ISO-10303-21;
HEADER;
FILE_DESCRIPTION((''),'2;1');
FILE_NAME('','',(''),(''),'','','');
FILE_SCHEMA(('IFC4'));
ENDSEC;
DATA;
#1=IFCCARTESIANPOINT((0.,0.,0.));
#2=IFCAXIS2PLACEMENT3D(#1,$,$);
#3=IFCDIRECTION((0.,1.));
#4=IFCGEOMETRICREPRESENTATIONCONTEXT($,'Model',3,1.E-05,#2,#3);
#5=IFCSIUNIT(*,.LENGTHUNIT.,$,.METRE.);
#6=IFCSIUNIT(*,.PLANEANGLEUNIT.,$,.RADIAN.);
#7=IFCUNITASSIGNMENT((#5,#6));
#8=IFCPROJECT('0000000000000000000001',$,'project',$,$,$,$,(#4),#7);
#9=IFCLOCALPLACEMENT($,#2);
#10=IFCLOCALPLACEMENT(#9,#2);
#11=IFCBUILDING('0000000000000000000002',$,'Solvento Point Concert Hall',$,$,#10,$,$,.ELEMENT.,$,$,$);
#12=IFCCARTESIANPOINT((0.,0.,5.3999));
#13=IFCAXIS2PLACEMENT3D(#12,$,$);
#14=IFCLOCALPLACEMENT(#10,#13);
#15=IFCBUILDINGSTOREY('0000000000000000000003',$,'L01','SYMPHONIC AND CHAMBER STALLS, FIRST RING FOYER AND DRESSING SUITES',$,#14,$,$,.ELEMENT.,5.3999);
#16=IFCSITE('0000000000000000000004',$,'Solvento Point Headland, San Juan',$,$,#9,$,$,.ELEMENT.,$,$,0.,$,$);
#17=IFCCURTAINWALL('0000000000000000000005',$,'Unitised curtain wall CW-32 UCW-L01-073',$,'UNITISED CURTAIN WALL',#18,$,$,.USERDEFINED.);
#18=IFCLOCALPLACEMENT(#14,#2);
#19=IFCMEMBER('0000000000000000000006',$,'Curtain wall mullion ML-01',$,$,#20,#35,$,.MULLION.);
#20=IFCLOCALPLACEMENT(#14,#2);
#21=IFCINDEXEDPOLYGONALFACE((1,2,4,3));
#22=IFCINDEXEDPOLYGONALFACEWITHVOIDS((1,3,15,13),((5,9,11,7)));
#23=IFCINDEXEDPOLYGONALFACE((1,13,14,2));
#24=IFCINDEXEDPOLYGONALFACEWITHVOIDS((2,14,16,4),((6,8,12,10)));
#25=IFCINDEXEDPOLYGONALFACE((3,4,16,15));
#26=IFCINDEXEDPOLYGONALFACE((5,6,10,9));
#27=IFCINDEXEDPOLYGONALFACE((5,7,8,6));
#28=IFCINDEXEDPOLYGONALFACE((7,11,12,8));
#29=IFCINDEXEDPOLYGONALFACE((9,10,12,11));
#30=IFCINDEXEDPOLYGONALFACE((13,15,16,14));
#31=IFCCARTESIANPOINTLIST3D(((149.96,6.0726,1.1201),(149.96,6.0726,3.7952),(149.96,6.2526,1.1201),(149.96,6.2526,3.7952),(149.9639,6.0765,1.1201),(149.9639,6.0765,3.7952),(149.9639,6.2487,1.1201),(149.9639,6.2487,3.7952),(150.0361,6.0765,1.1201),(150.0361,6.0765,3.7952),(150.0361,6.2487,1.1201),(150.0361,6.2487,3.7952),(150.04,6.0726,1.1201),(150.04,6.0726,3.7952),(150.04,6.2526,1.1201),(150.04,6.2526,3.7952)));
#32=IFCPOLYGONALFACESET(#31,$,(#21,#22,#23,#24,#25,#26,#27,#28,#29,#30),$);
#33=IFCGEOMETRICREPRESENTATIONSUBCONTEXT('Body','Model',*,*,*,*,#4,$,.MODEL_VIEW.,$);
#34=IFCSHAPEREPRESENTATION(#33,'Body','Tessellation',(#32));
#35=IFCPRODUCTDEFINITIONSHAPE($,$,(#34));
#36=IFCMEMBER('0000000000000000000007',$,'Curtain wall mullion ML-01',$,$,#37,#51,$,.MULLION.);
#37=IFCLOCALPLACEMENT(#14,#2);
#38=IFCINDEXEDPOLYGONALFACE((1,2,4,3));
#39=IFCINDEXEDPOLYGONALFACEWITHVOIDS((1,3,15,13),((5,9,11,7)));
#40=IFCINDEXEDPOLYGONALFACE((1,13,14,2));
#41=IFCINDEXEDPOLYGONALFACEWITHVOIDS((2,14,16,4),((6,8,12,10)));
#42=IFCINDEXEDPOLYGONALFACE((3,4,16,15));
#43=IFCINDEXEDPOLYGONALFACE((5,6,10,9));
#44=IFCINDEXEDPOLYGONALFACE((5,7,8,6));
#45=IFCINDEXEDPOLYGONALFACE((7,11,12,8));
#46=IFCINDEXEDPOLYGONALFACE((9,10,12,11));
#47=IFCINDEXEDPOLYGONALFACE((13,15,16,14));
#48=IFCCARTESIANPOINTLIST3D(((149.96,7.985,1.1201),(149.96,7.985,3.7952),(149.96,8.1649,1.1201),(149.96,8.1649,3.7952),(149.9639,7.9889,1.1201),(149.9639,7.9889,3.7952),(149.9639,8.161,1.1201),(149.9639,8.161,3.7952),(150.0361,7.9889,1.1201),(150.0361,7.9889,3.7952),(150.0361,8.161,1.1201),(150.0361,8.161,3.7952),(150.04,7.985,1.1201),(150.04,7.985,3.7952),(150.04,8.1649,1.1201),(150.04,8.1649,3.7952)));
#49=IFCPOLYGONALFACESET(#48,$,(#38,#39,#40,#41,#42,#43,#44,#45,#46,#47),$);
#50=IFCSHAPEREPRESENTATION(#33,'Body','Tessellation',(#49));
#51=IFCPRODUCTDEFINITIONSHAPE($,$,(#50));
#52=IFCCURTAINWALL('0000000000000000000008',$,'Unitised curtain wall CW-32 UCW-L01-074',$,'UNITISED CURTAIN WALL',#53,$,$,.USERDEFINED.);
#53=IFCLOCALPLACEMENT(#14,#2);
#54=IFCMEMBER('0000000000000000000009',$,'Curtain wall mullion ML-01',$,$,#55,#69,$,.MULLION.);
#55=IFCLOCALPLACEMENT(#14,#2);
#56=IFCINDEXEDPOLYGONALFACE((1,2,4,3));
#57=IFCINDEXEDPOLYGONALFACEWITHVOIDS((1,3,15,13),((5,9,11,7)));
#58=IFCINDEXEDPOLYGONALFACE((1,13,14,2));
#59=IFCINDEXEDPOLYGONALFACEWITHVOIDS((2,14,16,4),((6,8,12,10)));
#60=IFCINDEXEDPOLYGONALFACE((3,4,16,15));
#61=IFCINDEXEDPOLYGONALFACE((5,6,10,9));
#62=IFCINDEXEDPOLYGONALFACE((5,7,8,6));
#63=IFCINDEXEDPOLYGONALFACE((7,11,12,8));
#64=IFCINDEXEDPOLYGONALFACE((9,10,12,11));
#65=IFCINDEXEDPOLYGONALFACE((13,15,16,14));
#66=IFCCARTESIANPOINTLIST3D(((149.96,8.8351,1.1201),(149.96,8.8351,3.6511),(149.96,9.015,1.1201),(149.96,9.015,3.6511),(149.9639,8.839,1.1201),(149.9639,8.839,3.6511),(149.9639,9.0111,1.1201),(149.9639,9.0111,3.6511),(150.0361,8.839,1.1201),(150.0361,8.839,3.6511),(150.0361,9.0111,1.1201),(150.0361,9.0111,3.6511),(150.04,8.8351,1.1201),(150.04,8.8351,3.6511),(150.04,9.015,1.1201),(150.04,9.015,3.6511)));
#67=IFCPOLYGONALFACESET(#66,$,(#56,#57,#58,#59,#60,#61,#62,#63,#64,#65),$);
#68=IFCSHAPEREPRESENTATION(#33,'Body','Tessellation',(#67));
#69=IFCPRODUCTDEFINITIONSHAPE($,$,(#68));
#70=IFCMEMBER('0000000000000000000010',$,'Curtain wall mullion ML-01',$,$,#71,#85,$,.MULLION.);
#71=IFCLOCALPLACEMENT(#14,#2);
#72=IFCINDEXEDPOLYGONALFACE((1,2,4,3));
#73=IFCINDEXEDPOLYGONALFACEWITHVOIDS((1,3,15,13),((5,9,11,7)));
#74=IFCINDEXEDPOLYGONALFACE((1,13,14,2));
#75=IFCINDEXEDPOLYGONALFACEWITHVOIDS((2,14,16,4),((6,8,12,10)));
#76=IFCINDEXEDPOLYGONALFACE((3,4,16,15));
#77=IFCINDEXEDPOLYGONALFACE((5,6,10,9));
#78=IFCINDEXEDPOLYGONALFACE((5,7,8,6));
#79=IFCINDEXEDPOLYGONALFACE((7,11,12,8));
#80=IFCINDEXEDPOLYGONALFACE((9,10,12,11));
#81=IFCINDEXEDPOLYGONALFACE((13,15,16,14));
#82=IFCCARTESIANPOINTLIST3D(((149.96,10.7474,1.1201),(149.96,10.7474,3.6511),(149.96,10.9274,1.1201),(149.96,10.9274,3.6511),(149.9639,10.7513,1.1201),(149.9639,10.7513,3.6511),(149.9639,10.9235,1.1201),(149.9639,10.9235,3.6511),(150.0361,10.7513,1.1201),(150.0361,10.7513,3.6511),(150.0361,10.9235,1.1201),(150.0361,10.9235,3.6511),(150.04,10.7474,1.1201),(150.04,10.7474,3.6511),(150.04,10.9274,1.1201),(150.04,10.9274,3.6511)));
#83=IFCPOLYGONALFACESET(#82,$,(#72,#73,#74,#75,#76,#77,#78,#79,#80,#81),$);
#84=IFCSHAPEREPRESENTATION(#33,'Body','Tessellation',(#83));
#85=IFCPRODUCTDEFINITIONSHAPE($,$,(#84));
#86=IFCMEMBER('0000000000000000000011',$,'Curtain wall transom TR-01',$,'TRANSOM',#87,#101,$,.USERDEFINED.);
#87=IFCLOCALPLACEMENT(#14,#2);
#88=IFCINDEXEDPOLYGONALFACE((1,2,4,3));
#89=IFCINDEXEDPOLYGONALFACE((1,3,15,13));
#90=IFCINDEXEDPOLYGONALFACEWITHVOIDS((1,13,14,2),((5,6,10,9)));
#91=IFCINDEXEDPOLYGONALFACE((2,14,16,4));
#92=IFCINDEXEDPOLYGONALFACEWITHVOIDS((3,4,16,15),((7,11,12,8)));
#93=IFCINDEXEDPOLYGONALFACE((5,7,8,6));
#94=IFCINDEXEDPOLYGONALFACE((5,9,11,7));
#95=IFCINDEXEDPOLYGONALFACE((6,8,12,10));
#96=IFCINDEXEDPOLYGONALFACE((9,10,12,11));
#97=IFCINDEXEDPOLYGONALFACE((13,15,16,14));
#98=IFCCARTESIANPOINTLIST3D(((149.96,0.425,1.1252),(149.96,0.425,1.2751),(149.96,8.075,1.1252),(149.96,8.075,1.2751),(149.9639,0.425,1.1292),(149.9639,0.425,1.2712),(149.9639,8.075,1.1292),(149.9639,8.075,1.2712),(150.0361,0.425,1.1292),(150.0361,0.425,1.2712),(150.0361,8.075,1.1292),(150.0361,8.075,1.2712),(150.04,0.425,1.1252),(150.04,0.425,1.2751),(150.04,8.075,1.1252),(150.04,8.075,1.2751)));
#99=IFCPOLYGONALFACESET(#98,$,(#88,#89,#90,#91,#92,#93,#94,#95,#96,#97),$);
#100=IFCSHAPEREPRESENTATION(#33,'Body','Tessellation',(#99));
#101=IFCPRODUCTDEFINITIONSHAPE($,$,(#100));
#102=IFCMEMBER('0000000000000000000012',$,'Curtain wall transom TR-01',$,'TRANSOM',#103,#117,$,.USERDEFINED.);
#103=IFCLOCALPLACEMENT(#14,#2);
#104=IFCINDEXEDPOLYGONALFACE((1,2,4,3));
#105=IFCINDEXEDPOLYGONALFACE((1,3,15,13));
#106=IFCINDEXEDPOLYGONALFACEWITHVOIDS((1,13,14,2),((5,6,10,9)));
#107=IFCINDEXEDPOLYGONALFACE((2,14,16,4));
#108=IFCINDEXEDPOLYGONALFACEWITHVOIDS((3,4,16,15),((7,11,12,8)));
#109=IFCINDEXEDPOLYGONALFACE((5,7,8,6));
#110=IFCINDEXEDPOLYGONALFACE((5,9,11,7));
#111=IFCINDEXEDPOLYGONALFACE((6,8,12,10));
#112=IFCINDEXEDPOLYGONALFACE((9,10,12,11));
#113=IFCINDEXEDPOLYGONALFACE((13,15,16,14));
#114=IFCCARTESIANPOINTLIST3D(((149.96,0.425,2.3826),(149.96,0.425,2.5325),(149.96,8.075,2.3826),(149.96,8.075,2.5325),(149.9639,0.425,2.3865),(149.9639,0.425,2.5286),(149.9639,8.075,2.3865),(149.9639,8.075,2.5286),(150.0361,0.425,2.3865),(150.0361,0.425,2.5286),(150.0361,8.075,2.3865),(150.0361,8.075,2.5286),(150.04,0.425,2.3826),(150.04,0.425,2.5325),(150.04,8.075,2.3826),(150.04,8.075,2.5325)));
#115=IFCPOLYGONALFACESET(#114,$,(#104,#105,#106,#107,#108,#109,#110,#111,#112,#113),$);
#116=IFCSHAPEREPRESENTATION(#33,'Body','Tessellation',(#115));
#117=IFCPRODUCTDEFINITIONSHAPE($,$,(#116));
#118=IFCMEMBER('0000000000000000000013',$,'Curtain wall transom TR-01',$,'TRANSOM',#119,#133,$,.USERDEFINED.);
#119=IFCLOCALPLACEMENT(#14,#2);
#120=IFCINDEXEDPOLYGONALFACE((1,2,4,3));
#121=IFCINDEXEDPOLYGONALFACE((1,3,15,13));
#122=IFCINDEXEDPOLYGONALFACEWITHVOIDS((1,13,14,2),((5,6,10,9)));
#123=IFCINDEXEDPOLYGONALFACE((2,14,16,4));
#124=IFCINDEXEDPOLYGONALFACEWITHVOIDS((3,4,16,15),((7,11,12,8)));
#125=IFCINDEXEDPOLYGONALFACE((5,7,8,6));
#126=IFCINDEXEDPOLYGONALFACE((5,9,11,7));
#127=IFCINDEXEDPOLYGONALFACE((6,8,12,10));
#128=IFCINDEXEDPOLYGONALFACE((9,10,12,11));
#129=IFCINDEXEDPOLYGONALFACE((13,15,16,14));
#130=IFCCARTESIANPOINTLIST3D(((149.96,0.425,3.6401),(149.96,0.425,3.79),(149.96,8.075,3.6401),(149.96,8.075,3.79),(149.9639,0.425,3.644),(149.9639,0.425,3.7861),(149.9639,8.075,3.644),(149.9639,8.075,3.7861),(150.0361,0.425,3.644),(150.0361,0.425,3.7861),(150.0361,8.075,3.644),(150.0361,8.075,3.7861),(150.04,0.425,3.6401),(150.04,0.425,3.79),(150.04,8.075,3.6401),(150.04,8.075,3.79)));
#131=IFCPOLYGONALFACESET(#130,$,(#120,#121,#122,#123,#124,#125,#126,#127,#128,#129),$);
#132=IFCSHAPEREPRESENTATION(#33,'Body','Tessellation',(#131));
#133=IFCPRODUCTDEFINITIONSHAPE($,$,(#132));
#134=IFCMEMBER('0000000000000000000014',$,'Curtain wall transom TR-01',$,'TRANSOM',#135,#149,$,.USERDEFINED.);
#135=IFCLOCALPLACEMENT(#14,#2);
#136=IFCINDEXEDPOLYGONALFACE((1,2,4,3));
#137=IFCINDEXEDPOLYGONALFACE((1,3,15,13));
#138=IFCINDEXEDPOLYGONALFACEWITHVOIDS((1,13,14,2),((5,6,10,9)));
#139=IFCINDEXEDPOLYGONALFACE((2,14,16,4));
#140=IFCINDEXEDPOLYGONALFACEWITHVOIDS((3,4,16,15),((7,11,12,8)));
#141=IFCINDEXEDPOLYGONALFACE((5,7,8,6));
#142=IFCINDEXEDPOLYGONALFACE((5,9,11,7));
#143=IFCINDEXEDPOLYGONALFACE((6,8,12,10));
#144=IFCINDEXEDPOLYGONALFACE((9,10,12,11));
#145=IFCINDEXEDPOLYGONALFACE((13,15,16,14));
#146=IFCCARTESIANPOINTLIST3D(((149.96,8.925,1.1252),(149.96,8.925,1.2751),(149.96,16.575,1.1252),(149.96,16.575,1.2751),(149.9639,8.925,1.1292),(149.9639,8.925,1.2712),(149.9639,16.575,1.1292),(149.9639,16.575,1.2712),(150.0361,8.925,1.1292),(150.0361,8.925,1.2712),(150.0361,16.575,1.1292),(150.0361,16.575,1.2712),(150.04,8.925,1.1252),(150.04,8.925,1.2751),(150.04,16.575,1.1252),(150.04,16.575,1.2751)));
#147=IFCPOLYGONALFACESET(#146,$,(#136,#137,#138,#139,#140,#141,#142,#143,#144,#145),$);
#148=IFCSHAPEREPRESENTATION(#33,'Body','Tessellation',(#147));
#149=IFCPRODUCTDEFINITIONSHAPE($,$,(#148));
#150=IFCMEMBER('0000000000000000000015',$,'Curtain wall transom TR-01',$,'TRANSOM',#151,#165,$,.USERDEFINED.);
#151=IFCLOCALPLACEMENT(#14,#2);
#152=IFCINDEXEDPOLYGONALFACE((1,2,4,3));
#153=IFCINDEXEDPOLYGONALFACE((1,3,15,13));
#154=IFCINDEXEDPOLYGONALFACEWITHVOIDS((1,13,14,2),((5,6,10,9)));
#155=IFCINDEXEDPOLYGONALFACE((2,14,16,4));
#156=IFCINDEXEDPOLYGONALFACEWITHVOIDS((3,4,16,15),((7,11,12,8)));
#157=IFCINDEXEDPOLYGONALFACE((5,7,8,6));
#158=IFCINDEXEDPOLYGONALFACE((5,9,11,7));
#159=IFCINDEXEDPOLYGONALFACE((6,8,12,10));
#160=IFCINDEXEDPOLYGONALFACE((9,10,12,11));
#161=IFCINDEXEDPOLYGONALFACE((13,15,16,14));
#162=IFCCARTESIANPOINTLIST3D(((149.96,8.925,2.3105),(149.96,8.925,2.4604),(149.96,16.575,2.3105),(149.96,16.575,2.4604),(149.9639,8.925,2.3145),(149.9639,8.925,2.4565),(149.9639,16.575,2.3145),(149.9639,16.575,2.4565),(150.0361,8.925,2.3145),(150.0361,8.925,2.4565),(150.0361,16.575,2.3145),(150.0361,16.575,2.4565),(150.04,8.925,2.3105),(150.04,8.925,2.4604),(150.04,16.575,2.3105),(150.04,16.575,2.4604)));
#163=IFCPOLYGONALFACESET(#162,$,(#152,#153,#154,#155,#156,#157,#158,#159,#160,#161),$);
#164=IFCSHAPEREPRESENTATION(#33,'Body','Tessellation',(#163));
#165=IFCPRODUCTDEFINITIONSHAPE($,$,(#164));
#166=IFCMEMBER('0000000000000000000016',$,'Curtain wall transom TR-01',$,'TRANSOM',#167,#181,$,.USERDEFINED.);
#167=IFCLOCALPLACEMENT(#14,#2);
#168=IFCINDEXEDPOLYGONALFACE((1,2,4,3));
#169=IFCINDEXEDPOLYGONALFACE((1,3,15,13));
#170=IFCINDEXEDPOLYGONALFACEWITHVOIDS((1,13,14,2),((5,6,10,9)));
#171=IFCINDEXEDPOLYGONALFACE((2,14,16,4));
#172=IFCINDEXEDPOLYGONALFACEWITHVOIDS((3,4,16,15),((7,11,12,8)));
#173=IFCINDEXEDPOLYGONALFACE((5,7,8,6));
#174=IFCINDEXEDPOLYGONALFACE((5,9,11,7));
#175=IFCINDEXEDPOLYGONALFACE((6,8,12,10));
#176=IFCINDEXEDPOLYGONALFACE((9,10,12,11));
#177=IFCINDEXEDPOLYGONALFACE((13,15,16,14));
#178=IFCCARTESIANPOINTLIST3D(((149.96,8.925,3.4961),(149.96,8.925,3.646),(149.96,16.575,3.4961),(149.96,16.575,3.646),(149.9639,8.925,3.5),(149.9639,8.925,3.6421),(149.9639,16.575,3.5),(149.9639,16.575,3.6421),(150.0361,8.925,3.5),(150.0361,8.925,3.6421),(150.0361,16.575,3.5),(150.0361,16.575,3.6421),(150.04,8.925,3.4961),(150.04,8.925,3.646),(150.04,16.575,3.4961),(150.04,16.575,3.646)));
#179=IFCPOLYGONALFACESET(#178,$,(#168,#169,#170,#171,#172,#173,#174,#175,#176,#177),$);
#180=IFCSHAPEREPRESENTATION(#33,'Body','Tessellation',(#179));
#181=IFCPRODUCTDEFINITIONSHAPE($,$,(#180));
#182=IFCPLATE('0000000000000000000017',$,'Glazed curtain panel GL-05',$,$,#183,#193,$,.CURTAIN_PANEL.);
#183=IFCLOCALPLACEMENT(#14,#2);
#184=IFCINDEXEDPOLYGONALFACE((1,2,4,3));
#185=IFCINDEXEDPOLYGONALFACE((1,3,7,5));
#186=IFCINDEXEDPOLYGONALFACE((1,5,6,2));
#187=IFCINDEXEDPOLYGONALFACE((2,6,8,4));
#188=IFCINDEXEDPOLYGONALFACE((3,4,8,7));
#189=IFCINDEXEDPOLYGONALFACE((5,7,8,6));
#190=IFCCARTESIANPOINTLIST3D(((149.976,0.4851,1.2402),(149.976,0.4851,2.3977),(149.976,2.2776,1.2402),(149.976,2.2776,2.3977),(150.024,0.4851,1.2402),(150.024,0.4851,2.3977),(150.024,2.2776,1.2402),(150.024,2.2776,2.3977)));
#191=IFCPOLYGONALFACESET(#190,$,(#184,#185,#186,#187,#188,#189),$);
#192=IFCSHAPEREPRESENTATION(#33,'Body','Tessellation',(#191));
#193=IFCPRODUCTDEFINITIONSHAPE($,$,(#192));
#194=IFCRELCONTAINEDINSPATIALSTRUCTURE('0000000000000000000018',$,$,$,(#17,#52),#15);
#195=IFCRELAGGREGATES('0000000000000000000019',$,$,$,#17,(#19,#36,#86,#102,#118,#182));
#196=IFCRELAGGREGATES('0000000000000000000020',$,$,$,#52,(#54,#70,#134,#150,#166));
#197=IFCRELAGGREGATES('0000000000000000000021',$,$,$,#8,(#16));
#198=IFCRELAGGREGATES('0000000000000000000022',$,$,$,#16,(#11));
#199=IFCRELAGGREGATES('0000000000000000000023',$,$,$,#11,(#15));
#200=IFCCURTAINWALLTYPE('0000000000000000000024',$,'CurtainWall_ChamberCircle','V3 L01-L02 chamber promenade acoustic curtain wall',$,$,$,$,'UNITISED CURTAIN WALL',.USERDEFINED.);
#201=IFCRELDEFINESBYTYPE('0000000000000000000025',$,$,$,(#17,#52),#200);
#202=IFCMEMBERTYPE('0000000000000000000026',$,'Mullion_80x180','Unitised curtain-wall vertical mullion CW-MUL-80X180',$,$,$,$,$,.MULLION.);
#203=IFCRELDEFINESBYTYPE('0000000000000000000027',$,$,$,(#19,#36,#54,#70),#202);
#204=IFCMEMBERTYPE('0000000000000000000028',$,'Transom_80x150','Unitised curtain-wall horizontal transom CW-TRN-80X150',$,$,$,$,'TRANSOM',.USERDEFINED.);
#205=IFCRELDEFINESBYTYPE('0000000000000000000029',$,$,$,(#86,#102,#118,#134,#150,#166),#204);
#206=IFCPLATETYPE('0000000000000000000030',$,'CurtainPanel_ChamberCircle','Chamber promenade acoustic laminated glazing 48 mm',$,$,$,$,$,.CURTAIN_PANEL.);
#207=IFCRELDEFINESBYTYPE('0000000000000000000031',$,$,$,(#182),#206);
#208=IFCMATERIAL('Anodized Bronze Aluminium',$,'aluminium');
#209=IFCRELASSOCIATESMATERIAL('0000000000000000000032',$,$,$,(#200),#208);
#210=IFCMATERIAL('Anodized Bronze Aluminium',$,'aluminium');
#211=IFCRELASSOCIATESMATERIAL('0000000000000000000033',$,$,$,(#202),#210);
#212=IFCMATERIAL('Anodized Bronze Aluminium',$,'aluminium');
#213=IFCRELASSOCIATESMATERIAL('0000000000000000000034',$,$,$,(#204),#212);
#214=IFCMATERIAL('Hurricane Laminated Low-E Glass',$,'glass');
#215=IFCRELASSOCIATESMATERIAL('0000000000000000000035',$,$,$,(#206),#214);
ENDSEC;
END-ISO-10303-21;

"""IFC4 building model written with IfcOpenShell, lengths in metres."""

from ifc_helpers import new_model, si_unit, direction, frame, origin, origin_2d, place, context, subcontext, project, spatial, rectangle, hollow_rectangle, extrude, material, material_profile, profile_set, type_object, element, aggregate, save


model = new_model("IFC4")

# Units and contexts
model_context = context("Model", 3, precision=1e-05, world=origin(), true_north=direction((0.0, 1.0)))
body_context = subcontext(model_context, "Body", "Model", "MODEL_VIEW")
ifc_project = project(units=[si_unit("LENGTHUNIT", "METRE"), si_unit("PLANEANGLEUNIT", "RADIAN")], contexts=[model_context])

# Site, building, storey
site_placement = place(None, origin())
site = spatial("IfcSite", under=ifc_project, at=site_placement, Name="Solvento Point Headland, San Juan", CompositionType="ELEMENT", RefElevation=0.0)
building_placement = place(site_placement, origin())
building = spatial("IfcBuilding", under=site, at=building_placement, Name="Solvento Point Concert Hall", CompositionType="ELEMENT")
storey_placement = place(building_placement, frame((0.0, 0.0, 5.3999)))
storey = spatial("IfcBuildingStorey", under=building, at=storey_placement, Name="L01", Description="SYMPHONIC AND CHAMBER STALLS, FIRST RING FOYER AND DRESSING SUITES", CompositionType="ELEMENT", Elevation=5.3999)

# Curtain walls, members
ifc_material_1 = material(Name="Anodized Bronze Aluminium", Category="aluminium")
curtain_wall_type = type_object("IfcCurtainWallType", Name="CurtainWall_ChamberCircle", Description="V3 L01-L02 chamber promenade acoustic curtain wall", ElementType="UNITISED CURTAIN WALL", PredefinedType="USERDEFINED", material=ifc_material_1)
curtain_wall_1_placement = place(storey_placement, origin())
curtain_wall_1 = element("IfcCurtainWall", 1, at=curtain_wall_1_placement, inside=storey, type_object=curtain_wall_type, Name="Unitised curtain wall CW-32 UCW-L01-073", ObjectType="UNITISED CURTAIN WALL", PredefinedType="USERDEFINED")
ifc_material_2 = material(Name="Anodized Bronze Aluminium", Category="aluminium")
ifc_material_profile_1 = material_profile(ifc_material_2, hollow_rectangle(XDim=0.0801, YDim=0.1799, WallThickness=0.0039, at=origin_2d()), Name="CW-MUL-80X180")
ifc_profile_set_1 = profile_set([ifc_material_profile_1], Name="Anodized Bronze Aluminium")
member_type_1 = type_object("IfcMemberType", Name="Mullion_80x180", Description="Unitised curtain-wall vertical mullion CW-MUL-80X180", PredefinedType="MULLION", material=ifc_profile_set_1)
member_1_placement = place(storey_placement, frame((150.0, 6.1626, 1.1201), z_axis=(0.0, 0.0, 1.0), x_axis=(1.0, 0.0, 0.0)))
member_1 = element("IfcMember", 2, at=member_1_placement, type_object=member_type_1, Name="Curtain wall mullion ML-01", PredefinedType="MULLION", context=body_context, shape_type="SweptSolid", body=[
    extrude(hollow_rectangle(XDim=0.0801, YDim=0.1799, WallThickness=0.0039, at=origin_2d()), origin(), (0.0, 0.0, 1.0), 2.675),
])
member_2_placement = place(storey_placement, frame((150.0, 8.075, 1.1201), z_axis=(0.0, 0.0, 1.0), x_axis=(1.0, 0.0, 0.0)))
member_2 = element("IfcMember", 3, at=member_2_placement, type_object=member_type_1, Name="Curtain wall mullion ML-01", PredefinedType="MULLION", context=body_context, shape_type="SweptSolid", body=[
    extrude(hollow_rectangle(XDim=0.0801, YDim=0.1799, WallThickness=0.0039, at=origin_2d()), origin(), (0.0, 0.0, 1.0), 2.675),
])
curtain_wall_2_placement = place(storey_placement, origin())
curtain_wall_2 = element("IfcCurtainWall", 4, at=curtain_wall_2_placement, inside=storey, type_object=curtain_wall_type, Name="Unitised curtain wall CW-32 UCW-L01-074", ObjectType="UNITISED CURTAIN WALL", PredefinedType="USERDEFINED")
member_3_placement = place(storey_placement, frame((150.0, 8.925, 1.1201), z_axis=(0.0, 0.0, 1.0), x_axis=(1.0, 0.0, 0.0)))
member_3 = element("IfcMember", 5, at=member_3_placement, type_object=member_type_1, Name="Curtain wall mullion ML-01", PredefinedType="MULLION", context=body_context, shape_type="SweptSolid", body=[
    extrude(hollow_rectangle(XDim=0.0801, YDim=0.1799, WallThickness=0.0039, at=origin_2d()), origin(), (0.0, 0.0, 1.0), 2.531),
])
member_4_placement = place(storey_placement, frame((150.0, 10.8374, 1.1201), z_axis=(0.0, 0.0, 1.0), x_axis=(1.0, 0.0, 0.0)))
member_4 = element("IfcMember", 6, at=member_4_placement, type_object=member_type_1, Name="Curtain wall mullion ML-01", PredefinedType="MULLION", context=body_context, shape_type="SweptSolid", body=[
    extrude(hollow_rectangle(XDim=0.0801, YDim=0.1799, WallThickness=0.0039, at=origin_2d()), origin(), (0.0, 0.0, 1.0), 2.531),
])

# Members
ifc_material_3 = material(Name="Anodized Bronze Aluminium", Category="aluminium")
ifc_material_profile_2 = material_profile(ifc_material_3, hollow_rectangle(XDim=0.0801, YDim=0.1499, WallThickness=0.0039, at=origin_2d()), Name="CW-TRN-80X150")
ifc_profile_set_2 = profile_set([ifc_material_profile_2], Name="Anodized Bronze Aluminium")
member_type_2 = type_object("IfcMemberType", Name="Transom_80x150", Description="Unitised curtain-wall horizontal transom CW-TRN-80X150", ElementType="TRANSOM", PredefinedType="USERDEFINED", material=ifc_profile_set_2)
member_5_placement = place(storey_placement, frame((150.0, 0.425, 1.2002), z_axis=(0.0, 1.0, 0.0), x_axis=(-1.0, 0.0, 0.0)))
member_5 = element("IfcMember", 7, at=member_5_placement, type_object=member_type_2, Name="Curtain wall transom TR-01", ObjectType="TRANSOM", PredefinedType="USERDEFINED", context=body_context, shape_type="SweptSolid", body=[
    extrude(hollow_rectangle(XDim=0.0801, YDim=0.1499, WallThickness=0.0039, at=origin_2d()), origin(), (0.0, 0.0, 1.0), 7.6499),
])
member_6_placement = place(storey_placement, frame((150.0, 0.425, 2.4575), z_axis=(0.0, 1.0, 0.0), x_axis=(-1.0, 0.0, 0.0)))
member_6 = element("IfcMember", 8, at=member_6_placement, type_object=member_type_2, Name="Curtain wall transom TR-01", ObjectType="TRANSOM", PredefinedType="USERDEFINED", context=body_context, shape_type="SweptSolid", body=[
    extrude(hollow_rectangle(XDim=0.0801, YDim=0.1499, WallThickness=0.0039, at=origin_2d()), origin(), (0.0, 0.0, 1.0), 7.6499),
])
member_7_placement = place(storey_placement, frame((150.0, 0.425, 3.7151), z_axis=(0.0, 1.0, 0.0), x_axis=(-1.0, 0.0, 0.0)))
member_7 = element("IfcMember", 9, at=member_7_placement, type_object=member_type_2, Name="Curtain wall transom TR-01", ObjectType="TRANSOM", PredefinedType="USERDEFINED", context=body_context, shape_type="SweptSolid", body=[
    extrude(hollow_rectangle(XDim=0.0801, YDim=0.1499, WallThickness=0.0039, at=origin_2d()), origin(), (0.0, 0.0, 1.0), 7.6499),
])
member_8_placement = place(storey_placement, frame((150.0, 8.925, 1.2002), z_axis=(0.0, 1.0, 0.0), x_axis=(-1.0, 0.0, 0.0)))
member_8 = element("IfcMember", 10, at=member_8_placement, type_object=member_type_2, Name="Curtain wall transom TR-01", ObjectType="TRANSOM", PredefinedType="USERDEFINED", context=body_context, shape_type="SweptSolid", body=[
    extrude(hollow_rectangle(XDim=0.0801, YDim=0.1499, WallThickness=0.0039, at=origin_2d()), origin(), (0.0, 0.0, 1.0), 7.6499),
])
member_9_placement = place(storey_placement, frame((150.0, 8.925, 2.3855), z_axis=(0.0, 1.0, 0.0), x_axis=(-1.0, 0.0, 0.0)))
member_9 = element("IfcMember", 11, at=member_9_placement, type_object=member_type_2, Name="Curtain wall transom TR-01", ObjectType="TRANSOM", PredefinedType="USERDEFINED", context=body_context, shape_type="SweptSolid", body=[
    extrude(hollow_rectangle(XDim=0.0801, YDim=0.1499, WallThickness=0.0039, at=origin_2d()), origin(), (0.0, 0.0, 1.0), 7.6499),
])
member_10_placement = place(storey_placement, frame((150.0, 8.925, 3.571), z_axis=(0.0, 1.0, 0.0), x_axis=(-1.0, 0.0, 0.0)))
member_10 = element("IfcMember", 12, at=member_10_placement, type_object=member_type_2, Name="Curtain wall transom TR-01", ObjectType="TRANSOM", PredefinedType="USERDEFINED", context=body_context, shape_type="SweptSolid", body=[
    extrude(hollow_rectangle(XDim=0.0801, YDim=0.1499, WallThickness=0.0039, at=origin_2d()), origin(), (0.0, 0.0, 1.0), 7.6499),
])

# Plate
ifc_material_4 = material(Name="Hurricane Laminated Low-E Glass", Category="glass")
plate_type = type_object("IfcPlateType", Name="CurtainPanel_ChamberCircle", Description="Chamber promenade acoustic laminated glazing 48 mm", PredefinedType="CURTAIN_PANEL", material=ifc_material_4)
plate_1_placement = place(storey_placement, frame((150.0, 1.3813, 1.2402), z_axis=(0.0, 0.0, 1.0), x_axis=(0.0, 1.0, 0.0)))
plate_1 = element("IfcPlate", 13, at=plate_1_placement, type_object=plate_type, Name="Glazed curtain panel GL-05", PredefinedType="CURTAIN_PANEL", context=body_context, shape_type="SweptSolid", body=[
    extrude(rectangle(XDim=1.7925, YDim=0.0481, at=origin_2d()), origin(), (0.0, 0.0, 1.0), 1.1575),
])
aggregate(curtain_wall_1, [member_1, member_2, member_5, member_6, member_7, plate_1])
aggregate(curtain_wall_2, [member_3, member_4, member_8, member_9, member_10])

save(model, "model.ifc")
